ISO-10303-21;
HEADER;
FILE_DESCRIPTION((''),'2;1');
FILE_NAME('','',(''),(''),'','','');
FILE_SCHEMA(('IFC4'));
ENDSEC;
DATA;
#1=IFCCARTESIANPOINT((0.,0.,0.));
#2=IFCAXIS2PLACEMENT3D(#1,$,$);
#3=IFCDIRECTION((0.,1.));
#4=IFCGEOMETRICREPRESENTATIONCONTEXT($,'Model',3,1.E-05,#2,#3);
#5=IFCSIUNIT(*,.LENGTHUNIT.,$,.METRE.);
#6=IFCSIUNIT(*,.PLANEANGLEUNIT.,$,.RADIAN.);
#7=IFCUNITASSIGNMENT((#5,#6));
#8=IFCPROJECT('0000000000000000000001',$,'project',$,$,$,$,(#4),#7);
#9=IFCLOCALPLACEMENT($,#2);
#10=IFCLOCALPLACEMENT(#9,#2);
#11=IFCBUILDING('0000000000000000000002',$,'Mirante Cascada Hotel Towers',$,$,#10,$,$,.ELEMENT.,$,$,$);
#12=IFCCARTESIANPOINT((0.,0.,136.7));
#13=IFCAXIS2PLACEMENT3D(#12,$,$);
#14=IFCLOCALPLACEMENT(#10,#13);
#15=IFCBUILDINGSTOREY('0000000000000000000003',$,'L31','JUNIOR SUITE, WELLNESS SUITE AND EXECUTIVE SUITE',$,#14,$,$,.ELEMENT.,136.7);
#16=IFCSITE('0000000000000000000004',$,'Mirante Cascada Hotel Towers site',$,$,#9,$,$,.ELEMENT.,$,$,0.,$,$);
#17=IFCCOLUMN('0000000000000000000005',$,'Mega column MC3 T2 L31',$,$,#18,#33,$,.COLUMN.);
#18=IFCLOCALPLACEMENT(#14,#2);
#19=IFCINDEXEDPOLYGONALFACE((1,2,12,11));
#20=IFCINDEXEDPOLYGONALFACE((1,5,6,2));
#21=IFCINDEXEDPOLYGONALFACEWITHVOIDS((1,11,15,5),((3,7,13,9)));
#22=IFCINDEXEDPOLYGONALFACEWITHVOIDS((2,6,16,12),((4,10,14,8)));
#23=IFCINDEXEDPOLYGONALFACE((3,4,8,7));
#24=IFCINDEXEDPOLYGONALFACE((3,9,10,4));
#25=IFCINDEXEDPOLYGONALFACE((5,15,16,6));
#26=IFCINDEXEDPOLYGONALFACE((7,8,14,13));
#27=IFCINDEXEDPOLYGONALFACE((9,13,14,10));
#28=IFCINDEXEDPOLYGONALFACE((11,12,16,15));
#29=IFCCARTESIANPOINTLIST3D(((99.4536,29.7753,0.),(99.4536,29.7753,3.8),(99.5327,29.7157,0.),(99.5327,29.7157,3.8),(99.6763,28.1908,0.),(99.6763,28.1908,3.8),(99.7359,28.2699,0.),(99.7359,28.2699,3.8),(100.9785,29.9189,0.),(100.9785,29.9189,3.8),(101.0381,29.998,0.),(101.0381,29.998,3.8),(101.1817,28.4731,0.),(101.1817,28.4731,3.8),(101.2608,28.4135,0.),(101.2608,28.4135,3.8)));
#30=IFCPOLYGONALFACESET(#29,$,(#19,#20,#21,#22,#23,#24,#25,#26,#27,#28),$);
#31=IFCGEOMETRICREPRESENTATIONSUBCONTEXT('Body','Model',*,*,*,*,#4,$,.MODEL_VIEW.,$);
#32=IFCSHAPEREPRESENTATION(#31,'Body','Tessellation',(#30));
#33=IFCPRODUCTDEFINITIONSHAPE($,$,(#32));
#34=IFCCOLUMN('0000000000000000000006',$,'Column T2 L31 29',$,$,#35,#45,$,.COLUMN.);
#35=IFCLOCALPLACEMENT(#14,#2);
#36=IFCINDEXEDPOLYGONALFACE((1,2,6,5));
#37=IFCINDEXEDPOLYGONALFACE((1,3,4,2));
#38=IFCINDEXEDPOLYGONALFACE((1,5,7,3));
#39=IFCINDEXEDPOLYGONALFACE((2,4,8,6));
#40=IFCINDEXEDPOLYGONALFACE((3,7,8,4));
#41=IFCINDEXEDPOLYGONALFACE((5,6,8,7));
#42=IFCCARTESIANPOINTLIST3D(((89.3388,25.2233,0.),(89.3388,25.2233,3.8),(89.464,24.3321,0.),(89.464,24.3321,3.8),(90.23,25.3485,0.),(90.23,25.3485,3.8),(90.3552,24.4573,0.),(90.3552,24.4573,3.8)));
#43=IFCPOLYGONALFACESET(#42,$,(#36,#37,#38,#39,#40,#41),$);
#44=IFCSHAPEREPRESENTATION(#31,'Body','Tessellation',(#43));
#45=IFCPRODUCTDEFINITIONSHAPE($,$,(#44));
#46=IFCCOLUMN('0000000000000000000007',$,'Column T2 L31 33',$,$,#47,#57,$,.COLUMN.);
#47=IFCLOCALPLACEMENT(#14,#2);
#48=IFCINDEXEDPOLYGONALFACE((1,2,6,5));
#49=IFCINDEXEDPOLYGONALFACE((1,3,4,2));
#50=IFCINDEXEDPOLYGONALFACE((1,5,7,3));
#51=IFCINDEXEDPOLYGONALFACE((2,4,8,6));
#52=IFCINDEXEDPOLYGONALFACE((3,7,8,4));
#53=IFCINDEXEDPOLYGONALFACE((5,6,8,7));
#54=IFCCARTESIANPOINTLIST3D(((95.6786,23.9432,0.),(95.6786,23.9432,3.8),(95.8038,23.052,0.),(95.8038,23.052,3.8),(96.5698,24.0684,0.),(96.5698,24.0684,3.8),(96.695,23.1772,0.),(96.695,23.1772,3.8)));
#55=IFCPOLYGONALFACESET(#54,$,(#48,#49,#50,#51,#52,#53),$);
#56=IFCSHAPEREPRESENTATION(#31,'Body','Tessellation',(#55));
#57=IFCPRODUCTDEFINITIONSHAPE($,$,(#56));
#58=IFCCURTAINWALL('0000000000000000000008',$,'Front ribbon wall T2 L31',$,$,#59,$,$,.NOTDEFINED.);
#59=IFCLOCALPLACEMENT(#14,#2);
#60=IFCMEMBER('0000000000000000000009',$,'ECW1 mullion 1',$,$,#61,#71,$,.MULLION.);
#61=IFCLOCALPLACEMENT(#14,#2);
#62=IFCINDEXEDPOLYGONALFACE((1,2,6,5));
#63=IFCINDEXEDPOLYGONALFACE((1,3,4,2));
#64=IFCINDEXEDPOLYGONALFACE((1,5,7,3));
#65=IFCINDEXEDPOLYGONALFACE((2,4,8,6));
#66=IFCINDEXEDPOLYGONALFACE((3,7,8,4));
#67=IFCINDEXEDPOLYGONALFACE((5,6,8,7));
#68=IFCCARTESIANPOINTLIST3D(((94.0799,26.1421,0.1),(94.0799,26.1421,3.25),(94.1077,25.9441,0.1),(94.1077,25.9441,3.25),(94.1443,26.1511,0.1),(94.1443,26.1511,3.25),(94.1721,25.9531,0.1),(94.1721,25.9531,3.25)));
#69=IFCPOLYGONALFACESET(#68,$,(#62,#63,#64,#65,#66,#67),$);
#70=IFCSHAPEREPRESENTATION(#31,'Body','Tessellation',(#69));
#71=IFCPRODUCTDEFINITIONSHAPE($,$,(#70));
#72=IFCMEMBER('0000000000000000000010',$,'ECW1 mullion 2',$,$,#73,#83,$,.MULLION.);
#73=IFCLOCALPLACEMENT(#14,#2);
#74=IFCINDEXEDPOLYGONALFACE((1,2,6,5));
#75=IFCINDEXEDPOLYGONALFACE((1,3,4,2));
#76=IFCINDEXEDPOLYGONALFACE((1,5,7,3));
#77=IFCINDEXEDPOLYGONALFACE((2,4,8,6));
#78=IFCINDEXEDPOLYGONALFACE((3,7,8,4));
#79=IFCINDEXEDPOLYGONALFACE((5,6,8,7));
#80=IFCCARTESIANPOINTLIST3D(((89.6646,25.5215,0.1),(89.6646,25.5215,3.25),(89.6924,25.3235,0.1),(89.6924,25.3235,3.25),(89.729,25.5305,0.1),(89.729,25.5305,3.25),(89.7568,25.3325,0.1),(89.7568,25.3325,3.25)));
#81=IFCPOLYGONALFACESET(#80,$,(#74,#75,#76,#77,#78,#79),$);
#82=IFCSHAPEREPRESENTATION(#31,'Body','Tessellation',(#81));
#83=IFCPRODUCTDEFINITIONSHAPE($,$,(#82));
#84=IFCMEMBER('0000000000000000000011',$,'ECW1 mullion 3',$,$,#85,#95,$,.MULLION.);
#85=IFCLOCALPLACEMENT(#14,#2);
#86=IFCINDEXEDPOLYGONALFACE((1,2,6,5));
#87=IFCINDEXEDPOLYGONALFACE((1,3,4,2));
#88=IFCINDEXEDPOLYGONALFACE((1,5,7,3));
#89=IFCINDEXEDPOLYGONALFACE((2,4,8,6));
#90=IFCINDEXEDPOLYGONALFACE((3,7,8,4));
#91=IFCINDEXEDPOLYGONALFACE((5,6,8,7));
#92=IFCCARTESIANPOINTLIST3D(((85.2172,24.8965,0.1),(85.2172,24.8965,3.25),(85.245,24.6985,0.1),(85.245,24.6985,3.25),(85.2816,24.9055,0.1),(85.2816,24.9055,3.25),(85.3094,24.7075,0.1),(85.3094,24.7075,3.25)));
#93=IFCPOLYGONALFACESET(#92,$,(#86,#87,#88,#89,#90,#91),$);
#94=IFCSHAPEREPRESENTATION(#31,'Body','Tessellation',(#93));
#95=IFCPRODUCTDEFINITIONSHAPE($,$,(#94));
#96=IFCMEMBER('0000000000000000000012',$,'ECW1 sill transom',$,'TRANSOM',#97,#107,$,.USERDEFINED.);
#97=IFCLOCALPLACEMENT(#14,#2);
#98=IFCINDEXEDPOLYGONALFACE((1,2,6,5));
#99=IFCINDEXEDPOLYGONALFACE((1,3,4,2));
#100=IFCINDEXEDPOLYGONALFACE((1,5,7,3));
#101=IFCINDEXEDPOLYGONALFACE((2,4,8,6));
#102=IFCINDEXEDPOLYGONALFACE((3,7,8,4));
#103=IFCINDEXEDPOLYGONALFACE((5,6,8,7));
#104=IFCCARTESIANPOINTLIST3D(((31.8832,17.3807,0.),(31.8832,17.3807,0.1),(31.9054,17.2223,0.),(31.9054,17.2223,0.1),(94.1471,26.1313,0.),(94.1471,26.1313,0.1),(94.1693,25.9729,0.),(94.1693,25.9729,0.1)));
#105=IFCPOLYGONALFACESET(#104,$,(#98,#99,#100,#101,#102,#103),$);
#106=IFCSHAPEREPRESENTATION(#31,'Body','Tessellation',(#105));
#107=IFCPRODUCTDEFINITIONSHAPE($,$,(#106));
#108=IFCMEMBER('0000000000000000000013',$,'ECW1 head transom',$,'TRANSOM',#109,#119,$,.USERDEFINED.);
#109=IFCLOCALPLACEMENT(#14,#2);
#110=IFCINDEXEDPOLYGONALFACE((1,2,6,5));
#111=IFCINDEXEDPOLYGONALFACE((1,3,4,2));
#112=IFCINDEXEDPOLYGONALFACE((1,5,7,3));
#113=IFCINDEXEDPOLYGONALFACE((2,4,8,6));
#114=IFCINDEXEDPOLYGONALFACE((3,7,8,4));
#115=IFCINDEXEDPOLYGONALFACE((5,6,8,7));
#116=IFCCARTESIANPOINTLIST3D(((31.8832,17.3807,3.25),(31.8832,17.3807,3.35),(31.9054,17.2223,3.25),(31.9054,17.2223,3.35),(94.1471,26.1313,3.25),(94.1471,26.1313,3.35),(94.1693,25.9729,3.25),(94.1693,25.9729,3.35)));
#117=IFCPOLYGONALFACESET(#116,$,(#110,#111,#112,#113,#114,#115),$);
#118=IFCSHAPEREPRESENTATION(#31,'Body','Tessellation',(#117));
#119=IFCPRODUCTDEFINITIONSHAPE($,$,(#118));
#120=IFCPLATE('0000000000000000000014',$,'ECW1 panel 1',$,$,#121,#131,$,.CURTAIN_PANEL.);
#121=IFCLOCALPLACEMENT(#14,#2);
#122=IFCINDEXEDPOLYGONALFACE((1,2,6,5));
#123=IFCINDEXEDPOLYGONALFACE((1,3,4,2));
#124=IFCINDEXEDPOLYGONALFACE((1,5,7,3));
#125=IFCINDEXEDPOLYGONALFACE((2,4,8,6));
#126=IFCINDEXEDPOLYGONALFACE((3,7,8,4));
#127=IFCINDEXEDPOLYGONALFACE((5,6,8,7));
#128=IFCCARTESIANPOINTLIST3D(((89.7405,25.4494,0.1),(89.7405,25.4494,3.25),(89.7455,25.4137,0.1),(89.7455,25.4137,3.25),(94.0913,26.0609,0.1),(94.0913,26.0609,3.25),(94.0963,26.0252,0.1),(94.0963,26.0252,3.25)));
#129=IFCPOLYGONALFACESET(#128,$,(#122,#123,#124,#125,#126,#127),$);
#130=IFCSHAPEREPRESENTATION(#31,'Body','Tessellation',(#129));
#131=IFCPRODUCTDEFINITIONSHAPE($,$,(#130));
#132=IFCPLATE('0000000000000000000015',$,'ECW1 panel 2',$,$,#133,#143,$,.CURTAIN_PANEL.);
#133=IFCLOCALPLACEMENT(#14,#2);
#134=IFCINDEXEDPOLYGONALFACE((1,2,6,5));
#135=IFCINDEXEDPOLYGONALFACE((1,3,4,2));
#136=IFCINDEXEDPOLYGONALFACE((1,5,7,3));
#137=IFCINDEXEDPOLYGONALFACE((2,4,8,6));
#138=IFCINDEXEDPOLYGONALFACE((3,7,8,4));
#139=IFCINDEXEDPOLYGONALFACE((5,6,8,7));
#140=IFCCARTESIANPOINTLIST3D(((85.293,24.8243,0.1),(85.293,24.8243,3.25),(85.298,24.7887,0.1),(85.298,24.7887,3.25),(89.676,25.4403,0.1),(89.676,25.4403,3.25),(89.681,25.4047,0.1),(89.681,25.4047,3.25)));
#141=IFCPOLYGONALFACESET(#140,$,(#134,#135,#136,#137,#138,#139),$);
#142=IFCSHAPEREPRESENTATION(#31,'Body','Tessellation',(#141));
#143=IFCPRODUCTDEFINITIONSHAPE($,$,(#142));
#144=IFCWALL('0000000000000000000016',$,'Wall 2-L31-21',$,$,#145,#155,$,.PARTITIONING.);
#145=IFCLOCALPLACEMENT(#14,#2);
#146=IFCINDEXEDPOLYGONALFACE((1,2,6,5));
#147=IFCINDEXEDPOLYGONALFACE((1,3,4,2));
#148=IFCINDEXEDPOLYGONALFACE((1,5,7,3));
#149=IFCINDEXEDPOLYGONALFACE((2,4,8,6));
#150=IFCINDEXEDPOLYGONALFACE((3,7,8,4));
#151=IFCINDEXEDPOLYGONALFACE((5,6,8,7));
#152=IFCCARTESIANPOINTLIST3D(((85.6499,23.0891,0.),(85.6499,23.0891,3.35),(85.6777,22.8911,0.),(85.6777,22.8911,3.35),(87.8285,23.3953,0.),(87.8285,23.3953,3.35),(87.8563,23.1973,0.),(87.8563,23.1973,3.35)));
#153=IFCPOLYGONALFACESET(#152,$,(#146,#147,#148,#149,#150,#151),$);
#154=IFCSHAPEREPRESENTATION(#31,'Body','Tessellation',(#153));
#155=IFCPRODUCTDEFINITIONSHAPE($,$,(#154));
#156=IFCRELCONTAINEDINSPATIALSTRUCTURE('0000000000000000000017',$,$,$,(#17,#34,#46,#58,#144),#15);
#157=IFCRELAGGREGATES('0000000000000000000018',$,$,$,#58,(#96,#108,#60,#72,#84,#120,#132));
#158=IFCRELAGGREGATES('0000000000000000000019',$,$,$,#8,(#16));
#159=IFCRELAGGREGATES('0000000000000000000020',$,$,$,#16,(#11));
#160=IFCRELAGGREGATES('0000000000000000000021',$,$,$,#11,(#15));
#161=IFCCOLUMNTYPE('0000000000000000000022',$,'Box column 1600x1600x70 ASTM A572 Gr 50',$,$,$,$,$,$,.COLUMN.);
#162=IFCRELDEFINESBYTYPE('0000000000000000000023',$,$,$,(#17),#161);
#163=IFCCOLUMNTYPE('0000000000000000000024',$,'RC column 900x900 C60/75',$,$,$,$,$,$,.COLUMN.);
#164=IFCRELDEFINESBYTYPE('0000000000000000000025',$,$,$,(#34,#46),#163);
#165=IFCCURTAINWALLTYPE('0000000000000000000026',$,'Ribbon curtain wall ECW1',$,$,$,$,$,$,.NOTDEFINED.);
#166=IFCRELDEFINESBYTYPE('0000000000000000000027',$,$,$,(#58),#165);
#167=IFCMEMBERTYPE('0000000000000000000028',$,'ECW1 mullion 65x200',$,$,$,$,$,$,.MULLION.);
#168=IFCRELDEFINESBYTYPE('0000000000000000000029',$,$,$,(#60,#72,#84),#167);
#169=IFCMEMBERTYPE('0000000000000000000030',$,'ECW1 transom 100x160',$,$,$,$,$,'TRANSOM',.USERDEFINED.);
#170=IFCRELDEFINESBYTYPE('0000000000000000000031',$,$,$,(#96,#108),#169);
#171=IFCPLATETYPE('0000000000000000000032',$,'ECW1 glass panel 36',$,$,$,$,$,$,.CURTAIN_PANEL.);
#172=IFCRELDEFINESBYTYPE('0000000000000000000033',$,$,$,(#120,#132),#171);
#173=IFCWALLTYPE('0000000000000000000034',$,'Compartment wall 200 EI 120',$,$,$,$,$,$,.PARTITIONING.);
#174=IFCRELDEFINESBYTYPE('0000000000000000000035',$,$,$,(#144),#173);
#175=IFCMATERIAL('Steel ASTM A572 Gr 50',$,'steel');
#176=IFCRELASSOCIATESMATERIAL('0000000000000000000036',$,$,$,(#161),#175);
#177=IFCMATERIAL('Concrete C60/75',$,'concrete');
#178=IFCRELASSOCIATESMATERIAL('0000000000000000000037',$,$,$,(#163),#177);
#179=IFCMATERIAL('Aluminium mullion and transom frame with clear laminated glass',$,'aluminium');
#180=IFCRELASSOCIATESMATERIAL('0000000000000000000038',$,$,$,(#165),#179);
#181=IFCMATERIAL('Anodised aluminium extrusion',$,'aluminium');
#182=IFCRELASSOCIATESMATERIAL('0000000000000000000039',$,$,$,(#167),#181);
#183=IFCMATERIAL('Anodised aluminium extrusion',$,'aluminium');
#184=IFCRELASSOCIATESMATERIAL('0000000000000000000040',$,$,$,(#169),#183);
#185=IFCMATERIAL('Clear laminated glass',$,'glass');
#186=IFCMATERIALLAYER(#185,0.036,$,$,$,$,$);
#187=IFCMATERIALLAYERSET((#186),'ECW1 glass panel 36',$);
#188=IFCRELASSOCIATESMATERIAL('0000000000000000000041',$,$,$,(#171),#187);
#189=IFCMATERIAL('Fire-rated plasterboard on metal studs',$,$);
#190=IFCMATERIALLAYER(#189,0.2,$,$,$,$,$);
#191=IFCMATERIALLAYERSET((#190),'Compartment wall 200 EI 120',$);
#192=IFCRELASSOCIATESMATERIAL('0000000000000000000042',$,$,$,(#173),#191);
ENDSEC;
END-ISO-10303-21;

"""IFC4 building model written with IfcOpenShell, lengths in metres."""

from ifc_helpers import new_model, si_unit, direction, frame, frame_2d, origin, origin_2d, place, context, subcontext, project, spatial, rectangle, hollow_rectangle, extrude, material, layer, layer_set, material_profile, profile_set, type_object, element, aggregate, save


model = new_model("IFC4")

# Units and contexts
model_context = context("Model", 3, precision=1e-05, world=origin(), true_north=direction((0.0, 1.0)))
body_context = subcontext(model_context, "Body", "Model", "MODEL_VIEW")
ifc_project = project(units=[si_unit("LENGTHUNIT", "METRE"), si_unit("PLANEANGLEUNIT", "RADIAN")], contexts=[model_context])

# Site, building, storey
site_placement = place(None, origin())
site = spatial("IfcSite", under=ifc_project, at=site_placement, Name="Mirante Cascada Hotel Towers site", CompositionType="ELEMENT", RefElevation=0.0)
building_placement = place(site_placement, origin())
building = spatial("IfcBuilding", under=site, at=building_placement, Name="Mirante Cascada Hotel Towers", CompositionType="ELEMENT")
storey_placement = place(building_placement, frame((0.0, 0.0, 136.7)))
storey = spatial("IfcBuildingStorey", under=building, at=storey_placement, Name="L31", Description="JUNIOR SUITE, WELLNESS SUITE AND EXECUTIVE SUITE", CompositionType="ELEMENT", Elevation=136.7)

# Columns
ifc_material_1 = material(Name="Steel ASTM A572 Gr 50", Category="steel")
ifc_material_profile_1 = material_profile(ifc_material_1, hollow_rectangle(XDim=1.6, YDim=1.6, WallThickness=0.07, at=origin_2d()), Name="Box column 1600x1600x70 ASTM A572 Gr 50")
ifc_profile_set_1 = profile_set([ifc_material_profile_1], Name="Steel ASTM A572 Gr 50")
column_type_1 = type_object("IfcColumnType", Name="Box column 1600x1600x70 ASTM A572 Gr 50", PredefinedType="COLUMN", material=ifc_profile_set_1)
column_placement = place(storey_placement, frame((100.3572, 29.0944, 0.0), z_axis=(0.0, 0.0, 1.0), x_axis=(0.990268, 0.139173, 0.0)))
element("IfcColumn", 1, at=column_placement, inside=storey, type_object=column_type_1, Name="Mega column MC3 T2 L31", PredefinedType="COLUMN", context=body_context, shape_type="SweptSolid", body=[
    extrude(hollow_rectangle(XDim=1.6, YDim=1.6, WallThickness=0.07, at=origin_2d()), origin(), (0.0, 0.0, 1.0), 3.8),
])
ifc_material_2 = material(Name="Concrete C60/75", Category="concrete")
ifc_material_profile_2 = material_profile(ifc_material_2, rectangle(XDim=0.9, YDim=0.9, at=origin_2d()), Name="RC column 900x900 C60/75")
ifc_profile_set_2 = profile_set([ifc_material_profile_2], Name="Concrete C60/75")
column_type_2 = type_object("IfcColumnType", Name="RC column 900x900 C60/75", PredefinedType="COLUMN", material=ifc_profile_set_2)
for number, where, z_axis, x_axis, name in (
    (2, (89.847, 24.8403, 0.0), (0.0, 0.0, 1.0), (0.990268, 0.139173, 0.0), "Column T2 L31 29"),
    (3, (96.1868, 23.5602, 0.0), (0.0, 0.0, 1.0), (0.990268, 0.139173, 0.0), "Column T2 L31 33"),
):
    element("IfcColumn", number, at=place(storey_placement, frame(where, z_axis=z_axis, x_axis=x_axis)), inside=storey, type_object=column_type_2, Name=name, PredefinedType="COLUMN", context=body_context, shape_type="SweptSolid", body=[
        extrude(rectangle(XDim=0.9, YDim=0.9, at=origin_2d()), origin(), (0.0, 0.0, 1.0), 3.8),
    ])

# Curtain wall, members, plates
ifc_material_3 = material(Name="Aluminium mullion and transom frame with clear laminated glass", Category="aluminium")
curtain_wall_type = type_object("IfcCurtainWallType", Name="Ribbon curtain wall ECW1", PredefinedType="NOTDEFINED", material=ifc_material_3)
curtain_wall_placement = place(storey_placement, origin())
curtain_wall = element("IfcCurtainWall", 4, at=curtain_wall_placement, inside=storey, type_object=curtain_wall_type, Name="Front ribbon wall T2 L31", PredefinedType="NOTDEFINED")
ifc_material_4 = material(Name="Anodised aluminium extrusion", Category="aluminium")
ifc_material_profile_3 = material_profile(ifc_material_4, rectangle(XDim=0.2, YDim=0.065, at=origin_2d()), Name="ECW1 MULLION 65x200")
ifc_profile_set_3 = profile_set([ifc_material_profile_3], Name="Anodised aluminium extrusion")
member_type_1 = type_object("IfcMemberType", Name="ECW1 mullion 65x200", PredefinedType="MULLION", material=ifc_profile_set_3)
member_1_placement = place(storey_placement, frame((94.126, 26.0476, 0.1), z_axis=(0.0, 0.0, 1.0), x_axis=(0.139173, -0.990268, 0.0)))
member_1 = element("IfcMember", 5, at=member_1_placement, type_object=member_type_1, Name="ECW1 mullion 1", PredefinedType="MULLION", context=body_context, shape_type="SweptSolid", body=[
    extrude(rectangle(XDim=0.2, YDim=0.065, at=origin_2d()), origin(), (0.0, 0.0, 1.0), 3.15),
])
member_2_placement = place(storey_placement, frame((89.7107, 25.427, 0.1), z_axis=(0.0, 0.0, 1.0), x_axis=(0.139173, -0.990268, 0.0)))
member_2 = element("IfcMember", 6, at=member_2_placement, type_object=member_type_1, Name="ECW1 mullion 2", PredefinedType="MULLION", context=body_context, shape_type="SweptSolid", body=[
    extrude(rectangle(XDim=0.2, YDim=0.065, at=origin_2d()), origin(), (0.0, 0.0, 1.0), 3.15),
])
member_3_placement = place(storey_placement, frame((85.2633, 24.802, 0.1), z_axis=(0.0, 0.0, 1.0), x_axis=(0.139173, -0.990268, 0.0)))
member_3 = element("IfcMember", 7, at=member_3_placement, type_object=member_type_1, Name="ECW1 mullion 3", PredefinedType="MULLION", context=body_context, shape_type="SweptSolid", body=[
    extrude(rectangle(XDim=0.2, YDim=0.065, at=origin_2d()), origin(), (0.0, 0.0, 1.0), 3.15),
])
ifc_material_5 = material(Name="Anodised aluminium extrusion", Category="aluminium")
ifc_material_profile_4 = material_profile(ifc_material_5, rectangle(XDim=0.16, YDim=0.1, at=origin_2d()), Name="ECW1 TRANSOM 100x160")
ifc_profile_set_4 = profile_set([ifc_material_profile_4], Name="Anodised aluminium extrusion")
member_type_2 = type_object("IfcMemberType", Name="ECW1 transom 100x160", ElementType="TRANSOM", PredefinedType="USERDEFINED", material=ifc_profile_set_4)
member_4_placement = place(storey_placement, frame((94.1582, 26.0521, 0.05), z_axis=(-0.990268, -0.139173, 0.0), x_axis=(0.139173, -0.990268, 0.0)))
member_4 = element("IfcMember", 8, at=member_4_placement, type_object=member_type_2, Name="ECW1 sill transom", ObjectType="TRANSOM", PredefinedType="USERDEFINED", context=body_context, shape_type="SweptSolid", body=[
    extrude(rectangle(XDim=0.16, YDim=0.1, at=origin_2d()), origin(), (0.0, 0.0, 1.0), 62.8758),
])
member_5_placement = place(storey_placement, frame((94.1582, 26.0521, 3.3), z_axis=(-0.990268, -0.139173, 0.0), x_axis=(0.139173, -0.990268, 0.0)))
member_5 = element("IfcMember", 9, at=member_5_placement, type_object=member_type_2, Name="ECW1 head transom", ObjectType="TRANSOM", PredefinedType="USERDEFINED", context=body_context, shape_type="SweptSolid", body=[
    extrude(rectangle(XDim=0.16, YDim=0.1, at=origin_2d()), origin(), (0.0, 0.0, 1.0), 62.8758),
])
ifc_material_6 = material(Name="Clear laminated glass", Category="glass")
ifc_layer_1 = layer(ifc_material_6, 0.036)
ifc_layer_set_1 = layer_set([ifc_layer_1], Name="ECW1 glass panel 36")
plate_type = type_object("IfcPlateType", Name="ECW1 glass panel 36", PredefinedType="CURTAIN_PANEL", material=ifc_layer_set_1)
plate_1_placement = place(storey_placement, frame((91.9184, 25.7373, 0.1), z_axis=(0.0, 0.0, 1.0), x_axis=(-0.990268, -0.139173, 0.0)))
plate_1 = element("IfcPlate", 10, at=plate_1_placement, type_object=plate_type, Name="ECW1 panel 1", PredefinedType="CURTAIN_PANEL", context=body_context, shape_type="SweptSolid", body=[
    extrude(rectangle(XDim=4.3936, YDim=0.036, at=origin_2d()), origin(), (0.0, 0.0, 1.0), 3.15),
])
plate_2_placement = place(storey_placement, frame((87.487, 25.1145, 0.1), z_axis=(0.0, 0.0, 1.0), x_axis=(-0.990268, -0.139173, 0.0)))
plate_2 = element("IfcPlate", 11, at=plate_2_placement, type_object=plate_type, Name="ECW1 panel 2", PredefinedType="CURTAIN_PANEL", context=body_context, shape_type="SweptSolid", body=[
    extrude(rectangle(XDim=4.4261, YDim=0.036, at=origin_2d()), origin(), (0.0, 0.0, 1.0), 3.15),
])
aggregate(curtain_wall, [member_4, member_5, member_1, member_2, member_3, plate_1, plate_2])

# Wall
ifc_material_7 = material(Name="Fire-rated plasterboard on metal studs")
ifc_layer_2 = layer(ifc_material_7, 0.2)
ifc_layer_set_2 = layer_set([ifc_layer_2], Name="Compartment wall 200 EI 120")
wall_type_1 = type_object("IfcWallType", Name="Compartment wall 200 EI 120", PredefinedType="PARTITIONING", material=ifc_layer_set_2)
wall_1_placement = place(storey_placement, frame((87.8424, 23.2963, 0.0), z_axis=(0.0, 0.0, 1.0), x_axis=(-0.990267, -0.139181, 0.0)))
element("IfcWall", 12, at=wall_1_placement, inside=storey, type_object=wall_type_1, Name="Wall 2-L31-21", PredefinedType="PARTITIONING", context=body_context, shape_type="SweptSolid", body=[
    extrude(rectangle(XDim=2.2, YDim=0.2, at=frame_2d((1.1, 0.0))), origin(), (0.0, 0.0, 1.0), 3.35),
])

save(model, "model.ifc")
